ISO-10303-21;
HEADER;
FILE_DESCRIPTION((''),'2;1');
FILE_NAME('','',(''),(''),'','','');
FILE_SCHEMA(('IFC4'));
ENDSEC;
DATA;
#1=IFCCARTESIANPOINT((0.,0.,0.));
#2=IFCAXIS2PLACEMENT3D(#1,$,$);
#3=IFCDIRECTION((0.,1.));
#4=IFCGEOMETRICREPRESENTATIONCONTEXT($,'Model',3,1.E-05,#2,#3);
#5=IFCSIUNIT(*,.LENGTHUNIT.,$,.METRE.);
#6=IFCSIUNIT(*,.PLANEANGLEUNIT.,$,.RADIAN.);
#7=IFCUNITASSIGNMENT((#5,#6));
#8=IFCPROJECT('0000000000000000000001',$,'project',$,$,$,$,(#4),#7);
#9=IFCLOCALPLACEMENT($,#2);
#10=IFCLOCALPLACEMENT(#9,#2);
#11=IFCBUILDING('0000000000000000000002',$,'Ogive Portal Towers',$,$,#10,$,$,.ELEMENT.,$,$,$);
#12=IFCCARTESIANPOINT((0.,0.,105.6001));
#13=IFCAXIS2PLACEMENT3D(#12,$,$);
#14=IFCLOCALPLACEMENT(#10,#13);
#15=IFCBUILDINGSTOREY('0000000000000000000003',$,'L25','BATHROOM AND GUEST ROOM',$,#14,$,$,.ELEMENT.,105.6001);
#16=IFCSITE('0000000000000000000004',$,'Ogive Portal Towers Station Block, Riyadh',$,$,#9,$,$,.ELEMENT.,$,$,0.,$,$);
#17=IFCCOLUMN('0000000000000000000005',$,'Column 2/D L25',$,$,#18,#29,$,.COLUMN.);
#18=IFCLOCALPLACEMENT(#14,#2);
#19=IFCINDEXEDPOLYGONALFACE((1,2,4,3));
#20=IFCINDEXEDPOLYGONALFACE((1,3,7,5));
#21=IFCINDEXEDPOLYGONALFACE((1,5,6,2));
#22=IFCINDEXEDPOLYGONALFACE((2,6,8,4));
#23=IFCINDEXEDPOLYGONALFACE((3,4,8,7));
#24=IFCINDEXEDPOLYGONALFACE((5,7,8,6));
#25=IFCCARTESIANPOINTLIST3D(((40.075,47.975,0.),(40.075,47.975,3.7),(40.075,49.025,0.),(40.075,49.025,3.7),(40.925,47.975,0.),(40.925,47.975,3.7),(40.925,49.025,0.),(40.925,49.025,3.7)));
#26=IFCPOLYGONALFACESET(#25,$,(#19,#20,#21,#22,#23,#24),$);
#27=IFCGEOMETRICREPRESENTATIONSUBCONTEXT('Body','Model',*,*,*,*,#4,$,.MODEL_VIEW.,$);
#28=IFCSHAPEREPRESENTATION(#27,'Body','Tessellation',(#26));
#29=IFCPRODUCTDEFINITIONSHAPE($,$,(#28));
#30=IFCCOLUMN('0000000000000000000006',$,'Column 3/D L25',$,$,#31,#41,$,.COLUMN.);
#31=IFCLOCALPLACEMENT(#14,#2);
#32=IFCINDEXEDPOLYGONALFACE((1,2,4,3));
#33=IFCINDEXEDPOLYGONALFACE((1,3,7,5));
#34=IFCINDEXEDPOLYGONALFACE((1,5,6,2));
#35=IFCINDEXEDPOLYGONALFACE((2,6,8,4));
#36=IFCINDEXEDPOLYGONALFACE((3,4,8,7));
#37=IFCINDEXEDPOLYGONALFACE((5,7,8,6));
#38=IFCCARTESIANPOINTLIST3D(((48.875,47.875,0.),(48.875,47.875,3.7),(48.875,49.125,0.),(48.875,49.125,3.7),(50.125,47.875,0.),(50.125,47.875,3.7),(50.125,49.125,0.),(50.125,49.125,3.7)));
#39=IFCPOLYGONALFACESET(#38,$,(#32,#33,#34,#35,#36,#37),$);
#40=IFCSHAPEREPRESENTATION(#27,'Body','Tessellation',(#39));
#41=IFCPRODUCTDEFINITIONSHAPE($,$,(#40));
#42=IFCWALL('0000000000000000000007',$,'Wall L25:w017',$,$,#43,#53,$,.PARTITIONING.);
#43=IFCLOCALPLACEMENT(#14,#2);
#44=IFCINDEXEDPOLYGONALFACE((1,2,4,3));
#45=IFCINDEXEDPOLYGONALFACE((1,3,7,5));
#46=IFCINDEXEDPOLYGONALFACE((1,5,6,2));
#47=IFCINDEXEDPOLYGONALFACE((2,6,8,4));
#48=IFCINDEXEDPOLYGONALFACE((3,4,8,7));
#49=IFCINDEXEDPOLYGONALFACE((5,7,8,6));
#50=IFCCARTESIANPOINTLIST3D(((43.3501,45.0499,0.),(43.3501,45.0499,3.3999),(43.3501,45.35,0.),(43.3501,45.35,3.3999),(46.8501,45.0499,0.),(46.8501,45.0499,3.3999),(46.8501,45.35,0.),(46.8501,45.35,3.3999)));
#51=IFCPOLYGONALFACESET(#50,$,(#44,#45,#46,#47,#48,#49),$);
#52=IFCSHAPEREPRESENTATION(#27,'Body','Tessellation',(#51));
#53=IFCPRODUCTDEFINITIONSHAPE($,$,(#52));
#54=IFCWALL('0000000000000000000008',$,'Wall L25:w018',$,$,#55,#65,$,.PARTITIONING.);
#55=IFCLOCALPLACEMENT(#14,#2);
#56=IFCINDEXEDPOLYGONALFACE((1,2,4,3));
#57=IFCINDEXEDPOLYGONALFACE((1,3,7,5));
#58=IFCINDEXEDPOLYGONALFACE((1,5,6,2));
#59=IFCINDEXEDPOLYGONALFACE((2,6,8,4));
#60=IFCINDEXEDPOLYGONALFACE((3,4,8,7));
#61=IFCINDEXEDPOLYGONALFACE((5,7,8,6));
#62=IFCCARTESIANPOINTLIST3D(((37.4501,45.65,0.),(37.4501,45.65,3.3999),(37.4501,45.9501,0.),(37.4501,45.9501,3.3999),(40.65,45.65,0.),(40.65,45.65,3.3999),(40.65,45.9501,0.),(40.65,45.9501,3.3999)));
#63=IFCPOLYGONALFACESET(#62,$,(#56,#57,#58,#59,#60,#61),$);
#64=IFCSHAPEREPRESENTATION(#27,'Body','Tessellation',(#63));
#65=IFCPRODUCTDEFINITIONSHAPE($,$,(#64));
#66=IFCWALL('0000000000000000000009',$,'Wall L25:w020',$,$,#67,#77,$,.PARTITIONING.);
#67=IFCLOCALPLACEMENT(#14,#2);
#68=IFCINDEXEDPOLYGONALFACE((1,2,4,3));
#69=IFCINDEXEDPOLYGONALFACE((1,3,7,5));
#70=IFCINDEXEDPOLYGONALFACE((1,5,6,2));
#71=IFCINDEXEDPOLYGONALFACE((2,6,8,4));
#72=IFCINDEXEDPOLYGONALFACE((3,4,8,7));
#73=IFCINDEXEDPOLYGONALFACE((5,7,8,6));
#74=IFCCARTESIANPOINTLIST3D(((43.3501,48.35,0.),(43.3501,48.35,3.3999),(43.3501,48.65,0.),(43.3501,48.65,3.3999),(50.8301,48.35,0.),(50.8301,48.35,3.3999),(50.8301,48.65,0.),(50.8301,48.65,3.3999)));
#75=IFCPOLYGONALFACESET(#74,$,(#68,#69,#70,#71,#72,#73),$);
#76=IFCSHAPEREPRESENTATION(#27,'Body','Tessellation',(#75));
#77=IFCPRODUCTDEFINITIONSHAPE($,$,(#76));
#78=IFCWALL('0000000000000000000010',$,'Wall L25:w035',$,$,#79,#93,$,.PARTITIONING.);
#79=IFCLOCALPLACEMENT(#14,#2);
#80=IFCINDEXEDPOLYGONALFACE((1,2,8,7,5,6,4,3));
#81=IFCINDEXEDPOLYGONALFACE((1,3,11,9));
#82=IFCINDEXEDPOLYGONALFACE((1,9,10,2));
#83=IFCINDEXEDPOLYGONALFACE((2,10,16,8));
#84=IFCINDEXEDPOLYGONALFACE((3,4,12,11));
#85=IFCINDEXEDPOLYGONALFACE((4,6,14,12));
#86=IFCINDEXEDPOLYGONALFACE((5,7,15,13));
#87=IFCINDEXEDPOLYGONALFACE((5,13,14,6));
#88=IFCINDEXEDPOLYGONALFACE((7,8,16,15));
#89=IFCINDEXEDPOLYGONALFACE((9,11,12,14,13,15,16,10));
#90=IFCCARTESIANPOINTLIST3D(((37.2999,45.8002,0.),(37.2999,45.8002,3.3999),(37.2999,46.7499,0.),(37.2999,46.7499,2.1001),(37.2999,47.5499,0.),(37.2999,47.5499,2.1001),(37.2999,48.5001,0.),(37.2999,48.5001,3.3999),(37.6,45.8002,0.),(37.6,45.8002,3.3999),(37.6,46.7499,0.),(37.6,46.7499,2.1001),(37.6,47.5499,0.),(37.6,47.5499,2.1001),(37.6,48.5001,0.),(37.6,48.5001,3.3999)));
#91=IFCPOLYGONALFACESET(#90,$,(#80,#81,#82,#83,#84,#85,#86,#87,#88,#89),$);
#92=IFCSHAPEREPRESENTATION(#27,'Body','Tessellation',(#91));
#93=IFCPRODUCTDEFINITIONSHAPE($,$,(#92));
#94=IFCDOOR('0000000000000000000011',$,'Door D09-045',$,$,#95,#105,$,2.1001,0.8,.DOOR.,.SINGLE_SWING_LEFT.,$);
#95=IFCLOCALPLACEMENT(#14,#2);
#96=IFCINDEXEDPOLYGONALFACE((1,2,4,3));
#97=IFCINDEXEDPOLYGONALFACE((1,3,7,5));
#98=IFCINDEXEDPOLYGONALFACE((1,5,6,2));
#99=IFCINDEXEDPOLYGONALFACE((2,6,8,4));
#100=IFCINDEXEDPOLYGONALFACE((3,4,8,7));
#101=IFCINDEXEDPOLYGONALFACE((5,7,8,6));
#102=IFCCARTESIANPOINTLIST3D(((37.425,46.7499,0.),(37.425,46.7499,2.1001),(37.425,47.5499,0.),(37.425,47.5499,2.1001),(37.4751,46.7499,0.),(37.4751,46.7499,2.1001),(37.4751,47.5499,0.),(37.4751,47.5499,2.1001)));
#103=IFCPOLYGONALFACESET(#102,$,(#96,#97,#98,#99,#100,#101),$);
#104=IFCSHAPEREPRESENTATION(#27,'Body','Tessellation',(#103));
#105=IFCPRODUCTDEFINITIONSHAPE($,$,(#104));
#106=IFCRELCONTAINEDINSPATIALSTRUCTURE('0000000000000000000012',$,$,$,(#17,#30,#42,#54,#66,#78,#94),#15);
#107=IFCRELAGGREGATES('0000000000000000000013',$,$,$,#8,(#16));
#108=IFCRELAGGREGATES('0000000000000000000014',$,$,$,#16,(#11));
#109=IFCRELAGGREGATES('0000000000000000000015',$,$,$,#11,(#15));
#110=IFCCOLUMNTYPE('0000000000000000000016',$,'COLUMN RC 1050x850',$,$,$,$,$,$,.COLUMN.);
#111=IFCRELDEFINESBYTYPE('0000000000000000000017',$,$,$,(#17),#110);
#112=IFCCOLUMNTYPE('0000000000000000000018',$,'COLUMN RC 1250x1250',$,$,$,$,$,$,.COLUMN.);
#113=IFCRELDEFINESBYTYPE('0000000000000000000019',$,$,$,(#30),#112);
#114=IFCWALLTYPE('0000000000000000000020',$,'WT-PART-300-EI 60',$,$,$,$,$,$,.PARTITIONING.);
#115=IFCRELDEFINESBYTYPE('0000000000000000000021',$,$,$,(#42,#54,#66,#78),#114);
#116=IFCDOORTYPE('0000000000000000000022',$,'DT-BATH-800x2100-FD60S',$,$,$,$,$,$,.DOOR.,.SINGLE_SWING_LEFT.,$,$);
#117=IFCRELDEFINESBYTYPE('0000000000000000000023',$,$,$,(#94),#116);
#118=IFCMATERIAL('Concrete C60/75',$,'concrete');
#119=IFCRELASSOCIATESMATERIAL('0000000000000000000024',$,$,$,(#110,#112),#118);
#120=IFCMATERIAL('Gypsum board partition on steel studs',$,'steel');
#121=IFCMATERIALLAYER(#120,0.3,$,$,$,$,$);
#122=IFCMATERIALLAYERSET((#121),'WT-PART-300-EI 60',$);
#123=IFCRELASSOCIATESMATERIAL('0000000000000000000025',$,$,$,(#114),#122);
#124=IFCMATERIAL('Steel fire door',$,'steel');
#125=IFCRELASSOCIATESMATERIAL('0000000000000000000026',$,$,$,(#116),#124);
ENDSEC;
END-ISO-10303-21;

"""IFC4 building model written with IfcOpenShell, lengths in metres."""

from ifc_helpers import new_model, si_unit, direction, frame, frame_2d, origin, origin_2d, place, context, subcontext, project, spatial, rectangle, extrude, material, layer, layer_set, material_profile, profile_set, type_object, element, fill, save


model = new_model("IFC4")

# Units and contexts
model_context = context("Model", 3, precision=1e-05, world=origin(), true_north=direction((0.0, 1.0)))
body_context = subcontext(model_context, "Body", "Model", "MODEL_VIEW")
ifc_project = project(units=[si_unit("LENGTHUNIT", "METRE"), si_unit("PLANEANGLEUNIT", "RADIAN")], contexts=[model_context])

# Site, building, storey
site_placement = place(None, origin())
site = spatial("IfcSite", under=ifc_project, at=site_placement, Name="Ogive Portal Towers Station Block, Riyadh", CompositionType="ELEMENT", RefElevation=0.0)
building_placement = place(site_placement, origin())
building = spatial("IfcBuilding", under=site, at=building_placement, Name="Ogive Portal Towers", CompositionType="ELEMENT")
storey_placement = place(building_placement, frame((0.0, 0.0, 105.6001)))
storey = spatial("IfcBuildingStorey", under=building, at=storey_placement, Name="L25", Description="BATHROOM AND GUEST ROOM", CompositionType="ELEMENT", Elevation=105.6001)

# Columns
ifc_material_1 = material(Name="Concrete C60/75", Category="concrete")
ifc_material_profile_1 = material_profile(ifc_material_1, rectangle(XDim=1.05, YDim=0.8501, at=origin_2d()), Name="RC 1050x850")
ifc_profile_set_1 = profile_set([ifc_material_profile_1], Name="Concrete C60/75")
column_type_1 = type_object("IfcColumnType", Name="COLUMN RC 1050x850", PredefinedType="COLUMN", material=ifc_profile_set_1)
column_1_placement = place(storey_placement, frame((40.5, 48.5, 0.0), z_axis=(0.0, 0.0, 1.0), x_axis=(0.0, 1.0, 0.0)))
element("IfcColumn", 1, at=column_1_placement, inside=storey, type_object=column_type_1, Name="Column 2/D L25", PredefinedType="COLUMN", context=body_context, shape_type="SweptSolid", body=[
    extrude(rectangle(XDim=1.05, YDim=0.8501, at=origin_2d()), origin(), (0.0, 0.0, 1.0), 3.7),
])
ifc_material_profile_2 = material_profile(ifc_material_1, rectangle(XDim=1.25, YDim=1.25, at=origin_2d()), Name="RC 1250x1250")
ifc_profile_set_2 = profile_set([ifc_material_profile_2], Name="Concrete C60/75")
column_type_2 = type_object("IfcColumnType", Name="COLUMN RC 1250x1250", PredefinedType="COLUMN", material=ifc_profile_set_2)
column_2_placement = place(storey_placement, frame((49.5, 48.5, 0.0), z_axis=(0.0, 0.0, 1.0), x_axis=(1.0, 0.0, 0.0)))
element("IfcColumn", 2, at=column_2_placement, inside=storey, type_object=column_type_2, Name="Column 3/D L25", PredefinedType="COLUMN", context=body_context, shape_type="SweptSolid", body=[
    extrude(rectangle(XDim=1.25, YDim=1.25, at=origin_2d()), origin(), (0.0, 0.0, 1.0), 3.7),
])

# Walls
ifc_material_2 = material(Name="Gypsum board partition on steel studs", Category="steel")
ifc_layer_1 = layer(ifc_material_2, 0.3)
ifc_layer_set_1 = layer_set([ifc_layer_1], Name="WT-PART-300-EI 60")
wall_type_1 = type_object("IfcWallType", Name="WT-PART-300-EI 60", PredefinedType="PARTITIONING", material=ifc_layer_set_1)
wall_1_placement = place(storey_placement, frame((43.3501, 45.2, 0.0), z_axis=(0.0, 0.0, 1.0), x_axis=(1.0, 0.0, 0.0)))
element("IfcWall", 3, at=wall_1_placement, inside=storey, type_object=wall_type_1, Name="Wall L25:w017", PredefinedType="PARTITIONING", context=body_context, shape_type="SweptSolid", body=[
    extrude(rectangle(XDim=3.5, YDim=0.3, at=frame_2d((1.75, 0.0))), origin(), (0.0, 0.0, 1.0), 3.3999),
])
wall_2_placement = place(storey_placement, frame((37.45, 45.8, 0.0), z_axis=(0.0, 0.0, 1.0), x_axis=(1.0, 0.0, 0.0)))
element("IfcWall", 4, at=wall_2_placement, inside=storey, type_object=wall_type_1, Name="Wall L25:w018", PredefinedType="PARTITIONING", context=body_context, shape_type="SweptSolid", body=[
    extrude(rectangle(XDim=3.2, YDim=0.3, at=frame_2d((1.6001, 0.0))), origin(), (0.0, 0.0, 1.0), 3.3999),
])
wall_3_placement = place(storey_placement, frame((43.3501, 48.5, 0.0), z_axis=(0.0, 0.0, 1.0), x_axis=(1.0, 0.0, 0.0)))
element("IfcWall", 5, at=wall_3_placement, inside=storey, type_object=wall_type_1, Name="Wall L25:w020", PredefinedType="PARTITIONING", context=body_context, shape_type="SweptSolid", body=[
    extrude(rectangle(XDim=7.48, YDim=0.3, at=frame_2d((3.74, 0.0))), origin(), (0.0, 0.0, 1.0), 3.3999),
])

# Wall, opening, door
wall_4_placement = place(storey_placement, frame((37.45, 45.8, 0.0), z_axis=(0.0, 0.0, 1.0), x_axis=(0.0, 1.0, 0.0)))
wall_4 = element("IfcWall", 6, at=wall_4_placement, inside=storey, type_object=wall_type_1, Name="Wall L25:w035", PredefinedType="PARTITIONING", context=body_context, shape_type="SweptSolid", body=[
    extrude(rectangle(XDim=2.7, YDim=0.3, at=frame_2d((1.3501, 0.0))), origin(), (0.0, 0.0, 1.0), 3.3999),
])
opening_1_placement = place(wall_4_placement, frame((0.95, 0.0, 0.0)))
opening_1 = element("IfcOpeningElement", 7, at=opening_1_placement, cuts=wall_4, PredefinedType="OPENING", context=body_context, shape_type="SweptSolid", body=[
    extrude(rectangle(XDim=0.8, YDim=2.1001, at=frame_2d((0.3999, 1.05))), frame((0.0, 0.1602, 0.0), z_axis=(0.0, -1.0, 0.0), x_axis=(1.0, 0.0, 0.0)), (0.0, 0.0, 1.0), 0.3201),
])
ifc_material_3 = material(Name="Steel fire door", Category="steel")
door_type_1 = type_object("IfcDoorType", Name="DT-BATH-800x2100-FD60S", OperationType="SINGLE_SWING_LEFT", PredefinedType="DOOR", material=ifc_material_3)
door_1_placement = place(opening_1_placement, origin())
door_1 = element("IfcDoor", 8, at=door_1_placement, inside=storey, type_object=door_type_1, Name="Door D09-045", OperationType="SINGLE_SWING_LEFT", OverallHeight=2.1001, OverallWidth=0.8, PredefinedType="DOOR", context=body_context, shape_type="SweptSolid", body=[
    extrude(rectangle(XDim=0.8, YDim=2.1001, at=frame_2d((0.3999, 1.05))), frame((0.0, 0.0249, 0.0), z_axis=(0.0, -1.0, 0.0), x_axis=(1.0, 0.0, 0.0)), (0.0, 0.0, 1.0), 0.05),
])
fill(opening_1, door_1)

save(model, "model.ifc")
